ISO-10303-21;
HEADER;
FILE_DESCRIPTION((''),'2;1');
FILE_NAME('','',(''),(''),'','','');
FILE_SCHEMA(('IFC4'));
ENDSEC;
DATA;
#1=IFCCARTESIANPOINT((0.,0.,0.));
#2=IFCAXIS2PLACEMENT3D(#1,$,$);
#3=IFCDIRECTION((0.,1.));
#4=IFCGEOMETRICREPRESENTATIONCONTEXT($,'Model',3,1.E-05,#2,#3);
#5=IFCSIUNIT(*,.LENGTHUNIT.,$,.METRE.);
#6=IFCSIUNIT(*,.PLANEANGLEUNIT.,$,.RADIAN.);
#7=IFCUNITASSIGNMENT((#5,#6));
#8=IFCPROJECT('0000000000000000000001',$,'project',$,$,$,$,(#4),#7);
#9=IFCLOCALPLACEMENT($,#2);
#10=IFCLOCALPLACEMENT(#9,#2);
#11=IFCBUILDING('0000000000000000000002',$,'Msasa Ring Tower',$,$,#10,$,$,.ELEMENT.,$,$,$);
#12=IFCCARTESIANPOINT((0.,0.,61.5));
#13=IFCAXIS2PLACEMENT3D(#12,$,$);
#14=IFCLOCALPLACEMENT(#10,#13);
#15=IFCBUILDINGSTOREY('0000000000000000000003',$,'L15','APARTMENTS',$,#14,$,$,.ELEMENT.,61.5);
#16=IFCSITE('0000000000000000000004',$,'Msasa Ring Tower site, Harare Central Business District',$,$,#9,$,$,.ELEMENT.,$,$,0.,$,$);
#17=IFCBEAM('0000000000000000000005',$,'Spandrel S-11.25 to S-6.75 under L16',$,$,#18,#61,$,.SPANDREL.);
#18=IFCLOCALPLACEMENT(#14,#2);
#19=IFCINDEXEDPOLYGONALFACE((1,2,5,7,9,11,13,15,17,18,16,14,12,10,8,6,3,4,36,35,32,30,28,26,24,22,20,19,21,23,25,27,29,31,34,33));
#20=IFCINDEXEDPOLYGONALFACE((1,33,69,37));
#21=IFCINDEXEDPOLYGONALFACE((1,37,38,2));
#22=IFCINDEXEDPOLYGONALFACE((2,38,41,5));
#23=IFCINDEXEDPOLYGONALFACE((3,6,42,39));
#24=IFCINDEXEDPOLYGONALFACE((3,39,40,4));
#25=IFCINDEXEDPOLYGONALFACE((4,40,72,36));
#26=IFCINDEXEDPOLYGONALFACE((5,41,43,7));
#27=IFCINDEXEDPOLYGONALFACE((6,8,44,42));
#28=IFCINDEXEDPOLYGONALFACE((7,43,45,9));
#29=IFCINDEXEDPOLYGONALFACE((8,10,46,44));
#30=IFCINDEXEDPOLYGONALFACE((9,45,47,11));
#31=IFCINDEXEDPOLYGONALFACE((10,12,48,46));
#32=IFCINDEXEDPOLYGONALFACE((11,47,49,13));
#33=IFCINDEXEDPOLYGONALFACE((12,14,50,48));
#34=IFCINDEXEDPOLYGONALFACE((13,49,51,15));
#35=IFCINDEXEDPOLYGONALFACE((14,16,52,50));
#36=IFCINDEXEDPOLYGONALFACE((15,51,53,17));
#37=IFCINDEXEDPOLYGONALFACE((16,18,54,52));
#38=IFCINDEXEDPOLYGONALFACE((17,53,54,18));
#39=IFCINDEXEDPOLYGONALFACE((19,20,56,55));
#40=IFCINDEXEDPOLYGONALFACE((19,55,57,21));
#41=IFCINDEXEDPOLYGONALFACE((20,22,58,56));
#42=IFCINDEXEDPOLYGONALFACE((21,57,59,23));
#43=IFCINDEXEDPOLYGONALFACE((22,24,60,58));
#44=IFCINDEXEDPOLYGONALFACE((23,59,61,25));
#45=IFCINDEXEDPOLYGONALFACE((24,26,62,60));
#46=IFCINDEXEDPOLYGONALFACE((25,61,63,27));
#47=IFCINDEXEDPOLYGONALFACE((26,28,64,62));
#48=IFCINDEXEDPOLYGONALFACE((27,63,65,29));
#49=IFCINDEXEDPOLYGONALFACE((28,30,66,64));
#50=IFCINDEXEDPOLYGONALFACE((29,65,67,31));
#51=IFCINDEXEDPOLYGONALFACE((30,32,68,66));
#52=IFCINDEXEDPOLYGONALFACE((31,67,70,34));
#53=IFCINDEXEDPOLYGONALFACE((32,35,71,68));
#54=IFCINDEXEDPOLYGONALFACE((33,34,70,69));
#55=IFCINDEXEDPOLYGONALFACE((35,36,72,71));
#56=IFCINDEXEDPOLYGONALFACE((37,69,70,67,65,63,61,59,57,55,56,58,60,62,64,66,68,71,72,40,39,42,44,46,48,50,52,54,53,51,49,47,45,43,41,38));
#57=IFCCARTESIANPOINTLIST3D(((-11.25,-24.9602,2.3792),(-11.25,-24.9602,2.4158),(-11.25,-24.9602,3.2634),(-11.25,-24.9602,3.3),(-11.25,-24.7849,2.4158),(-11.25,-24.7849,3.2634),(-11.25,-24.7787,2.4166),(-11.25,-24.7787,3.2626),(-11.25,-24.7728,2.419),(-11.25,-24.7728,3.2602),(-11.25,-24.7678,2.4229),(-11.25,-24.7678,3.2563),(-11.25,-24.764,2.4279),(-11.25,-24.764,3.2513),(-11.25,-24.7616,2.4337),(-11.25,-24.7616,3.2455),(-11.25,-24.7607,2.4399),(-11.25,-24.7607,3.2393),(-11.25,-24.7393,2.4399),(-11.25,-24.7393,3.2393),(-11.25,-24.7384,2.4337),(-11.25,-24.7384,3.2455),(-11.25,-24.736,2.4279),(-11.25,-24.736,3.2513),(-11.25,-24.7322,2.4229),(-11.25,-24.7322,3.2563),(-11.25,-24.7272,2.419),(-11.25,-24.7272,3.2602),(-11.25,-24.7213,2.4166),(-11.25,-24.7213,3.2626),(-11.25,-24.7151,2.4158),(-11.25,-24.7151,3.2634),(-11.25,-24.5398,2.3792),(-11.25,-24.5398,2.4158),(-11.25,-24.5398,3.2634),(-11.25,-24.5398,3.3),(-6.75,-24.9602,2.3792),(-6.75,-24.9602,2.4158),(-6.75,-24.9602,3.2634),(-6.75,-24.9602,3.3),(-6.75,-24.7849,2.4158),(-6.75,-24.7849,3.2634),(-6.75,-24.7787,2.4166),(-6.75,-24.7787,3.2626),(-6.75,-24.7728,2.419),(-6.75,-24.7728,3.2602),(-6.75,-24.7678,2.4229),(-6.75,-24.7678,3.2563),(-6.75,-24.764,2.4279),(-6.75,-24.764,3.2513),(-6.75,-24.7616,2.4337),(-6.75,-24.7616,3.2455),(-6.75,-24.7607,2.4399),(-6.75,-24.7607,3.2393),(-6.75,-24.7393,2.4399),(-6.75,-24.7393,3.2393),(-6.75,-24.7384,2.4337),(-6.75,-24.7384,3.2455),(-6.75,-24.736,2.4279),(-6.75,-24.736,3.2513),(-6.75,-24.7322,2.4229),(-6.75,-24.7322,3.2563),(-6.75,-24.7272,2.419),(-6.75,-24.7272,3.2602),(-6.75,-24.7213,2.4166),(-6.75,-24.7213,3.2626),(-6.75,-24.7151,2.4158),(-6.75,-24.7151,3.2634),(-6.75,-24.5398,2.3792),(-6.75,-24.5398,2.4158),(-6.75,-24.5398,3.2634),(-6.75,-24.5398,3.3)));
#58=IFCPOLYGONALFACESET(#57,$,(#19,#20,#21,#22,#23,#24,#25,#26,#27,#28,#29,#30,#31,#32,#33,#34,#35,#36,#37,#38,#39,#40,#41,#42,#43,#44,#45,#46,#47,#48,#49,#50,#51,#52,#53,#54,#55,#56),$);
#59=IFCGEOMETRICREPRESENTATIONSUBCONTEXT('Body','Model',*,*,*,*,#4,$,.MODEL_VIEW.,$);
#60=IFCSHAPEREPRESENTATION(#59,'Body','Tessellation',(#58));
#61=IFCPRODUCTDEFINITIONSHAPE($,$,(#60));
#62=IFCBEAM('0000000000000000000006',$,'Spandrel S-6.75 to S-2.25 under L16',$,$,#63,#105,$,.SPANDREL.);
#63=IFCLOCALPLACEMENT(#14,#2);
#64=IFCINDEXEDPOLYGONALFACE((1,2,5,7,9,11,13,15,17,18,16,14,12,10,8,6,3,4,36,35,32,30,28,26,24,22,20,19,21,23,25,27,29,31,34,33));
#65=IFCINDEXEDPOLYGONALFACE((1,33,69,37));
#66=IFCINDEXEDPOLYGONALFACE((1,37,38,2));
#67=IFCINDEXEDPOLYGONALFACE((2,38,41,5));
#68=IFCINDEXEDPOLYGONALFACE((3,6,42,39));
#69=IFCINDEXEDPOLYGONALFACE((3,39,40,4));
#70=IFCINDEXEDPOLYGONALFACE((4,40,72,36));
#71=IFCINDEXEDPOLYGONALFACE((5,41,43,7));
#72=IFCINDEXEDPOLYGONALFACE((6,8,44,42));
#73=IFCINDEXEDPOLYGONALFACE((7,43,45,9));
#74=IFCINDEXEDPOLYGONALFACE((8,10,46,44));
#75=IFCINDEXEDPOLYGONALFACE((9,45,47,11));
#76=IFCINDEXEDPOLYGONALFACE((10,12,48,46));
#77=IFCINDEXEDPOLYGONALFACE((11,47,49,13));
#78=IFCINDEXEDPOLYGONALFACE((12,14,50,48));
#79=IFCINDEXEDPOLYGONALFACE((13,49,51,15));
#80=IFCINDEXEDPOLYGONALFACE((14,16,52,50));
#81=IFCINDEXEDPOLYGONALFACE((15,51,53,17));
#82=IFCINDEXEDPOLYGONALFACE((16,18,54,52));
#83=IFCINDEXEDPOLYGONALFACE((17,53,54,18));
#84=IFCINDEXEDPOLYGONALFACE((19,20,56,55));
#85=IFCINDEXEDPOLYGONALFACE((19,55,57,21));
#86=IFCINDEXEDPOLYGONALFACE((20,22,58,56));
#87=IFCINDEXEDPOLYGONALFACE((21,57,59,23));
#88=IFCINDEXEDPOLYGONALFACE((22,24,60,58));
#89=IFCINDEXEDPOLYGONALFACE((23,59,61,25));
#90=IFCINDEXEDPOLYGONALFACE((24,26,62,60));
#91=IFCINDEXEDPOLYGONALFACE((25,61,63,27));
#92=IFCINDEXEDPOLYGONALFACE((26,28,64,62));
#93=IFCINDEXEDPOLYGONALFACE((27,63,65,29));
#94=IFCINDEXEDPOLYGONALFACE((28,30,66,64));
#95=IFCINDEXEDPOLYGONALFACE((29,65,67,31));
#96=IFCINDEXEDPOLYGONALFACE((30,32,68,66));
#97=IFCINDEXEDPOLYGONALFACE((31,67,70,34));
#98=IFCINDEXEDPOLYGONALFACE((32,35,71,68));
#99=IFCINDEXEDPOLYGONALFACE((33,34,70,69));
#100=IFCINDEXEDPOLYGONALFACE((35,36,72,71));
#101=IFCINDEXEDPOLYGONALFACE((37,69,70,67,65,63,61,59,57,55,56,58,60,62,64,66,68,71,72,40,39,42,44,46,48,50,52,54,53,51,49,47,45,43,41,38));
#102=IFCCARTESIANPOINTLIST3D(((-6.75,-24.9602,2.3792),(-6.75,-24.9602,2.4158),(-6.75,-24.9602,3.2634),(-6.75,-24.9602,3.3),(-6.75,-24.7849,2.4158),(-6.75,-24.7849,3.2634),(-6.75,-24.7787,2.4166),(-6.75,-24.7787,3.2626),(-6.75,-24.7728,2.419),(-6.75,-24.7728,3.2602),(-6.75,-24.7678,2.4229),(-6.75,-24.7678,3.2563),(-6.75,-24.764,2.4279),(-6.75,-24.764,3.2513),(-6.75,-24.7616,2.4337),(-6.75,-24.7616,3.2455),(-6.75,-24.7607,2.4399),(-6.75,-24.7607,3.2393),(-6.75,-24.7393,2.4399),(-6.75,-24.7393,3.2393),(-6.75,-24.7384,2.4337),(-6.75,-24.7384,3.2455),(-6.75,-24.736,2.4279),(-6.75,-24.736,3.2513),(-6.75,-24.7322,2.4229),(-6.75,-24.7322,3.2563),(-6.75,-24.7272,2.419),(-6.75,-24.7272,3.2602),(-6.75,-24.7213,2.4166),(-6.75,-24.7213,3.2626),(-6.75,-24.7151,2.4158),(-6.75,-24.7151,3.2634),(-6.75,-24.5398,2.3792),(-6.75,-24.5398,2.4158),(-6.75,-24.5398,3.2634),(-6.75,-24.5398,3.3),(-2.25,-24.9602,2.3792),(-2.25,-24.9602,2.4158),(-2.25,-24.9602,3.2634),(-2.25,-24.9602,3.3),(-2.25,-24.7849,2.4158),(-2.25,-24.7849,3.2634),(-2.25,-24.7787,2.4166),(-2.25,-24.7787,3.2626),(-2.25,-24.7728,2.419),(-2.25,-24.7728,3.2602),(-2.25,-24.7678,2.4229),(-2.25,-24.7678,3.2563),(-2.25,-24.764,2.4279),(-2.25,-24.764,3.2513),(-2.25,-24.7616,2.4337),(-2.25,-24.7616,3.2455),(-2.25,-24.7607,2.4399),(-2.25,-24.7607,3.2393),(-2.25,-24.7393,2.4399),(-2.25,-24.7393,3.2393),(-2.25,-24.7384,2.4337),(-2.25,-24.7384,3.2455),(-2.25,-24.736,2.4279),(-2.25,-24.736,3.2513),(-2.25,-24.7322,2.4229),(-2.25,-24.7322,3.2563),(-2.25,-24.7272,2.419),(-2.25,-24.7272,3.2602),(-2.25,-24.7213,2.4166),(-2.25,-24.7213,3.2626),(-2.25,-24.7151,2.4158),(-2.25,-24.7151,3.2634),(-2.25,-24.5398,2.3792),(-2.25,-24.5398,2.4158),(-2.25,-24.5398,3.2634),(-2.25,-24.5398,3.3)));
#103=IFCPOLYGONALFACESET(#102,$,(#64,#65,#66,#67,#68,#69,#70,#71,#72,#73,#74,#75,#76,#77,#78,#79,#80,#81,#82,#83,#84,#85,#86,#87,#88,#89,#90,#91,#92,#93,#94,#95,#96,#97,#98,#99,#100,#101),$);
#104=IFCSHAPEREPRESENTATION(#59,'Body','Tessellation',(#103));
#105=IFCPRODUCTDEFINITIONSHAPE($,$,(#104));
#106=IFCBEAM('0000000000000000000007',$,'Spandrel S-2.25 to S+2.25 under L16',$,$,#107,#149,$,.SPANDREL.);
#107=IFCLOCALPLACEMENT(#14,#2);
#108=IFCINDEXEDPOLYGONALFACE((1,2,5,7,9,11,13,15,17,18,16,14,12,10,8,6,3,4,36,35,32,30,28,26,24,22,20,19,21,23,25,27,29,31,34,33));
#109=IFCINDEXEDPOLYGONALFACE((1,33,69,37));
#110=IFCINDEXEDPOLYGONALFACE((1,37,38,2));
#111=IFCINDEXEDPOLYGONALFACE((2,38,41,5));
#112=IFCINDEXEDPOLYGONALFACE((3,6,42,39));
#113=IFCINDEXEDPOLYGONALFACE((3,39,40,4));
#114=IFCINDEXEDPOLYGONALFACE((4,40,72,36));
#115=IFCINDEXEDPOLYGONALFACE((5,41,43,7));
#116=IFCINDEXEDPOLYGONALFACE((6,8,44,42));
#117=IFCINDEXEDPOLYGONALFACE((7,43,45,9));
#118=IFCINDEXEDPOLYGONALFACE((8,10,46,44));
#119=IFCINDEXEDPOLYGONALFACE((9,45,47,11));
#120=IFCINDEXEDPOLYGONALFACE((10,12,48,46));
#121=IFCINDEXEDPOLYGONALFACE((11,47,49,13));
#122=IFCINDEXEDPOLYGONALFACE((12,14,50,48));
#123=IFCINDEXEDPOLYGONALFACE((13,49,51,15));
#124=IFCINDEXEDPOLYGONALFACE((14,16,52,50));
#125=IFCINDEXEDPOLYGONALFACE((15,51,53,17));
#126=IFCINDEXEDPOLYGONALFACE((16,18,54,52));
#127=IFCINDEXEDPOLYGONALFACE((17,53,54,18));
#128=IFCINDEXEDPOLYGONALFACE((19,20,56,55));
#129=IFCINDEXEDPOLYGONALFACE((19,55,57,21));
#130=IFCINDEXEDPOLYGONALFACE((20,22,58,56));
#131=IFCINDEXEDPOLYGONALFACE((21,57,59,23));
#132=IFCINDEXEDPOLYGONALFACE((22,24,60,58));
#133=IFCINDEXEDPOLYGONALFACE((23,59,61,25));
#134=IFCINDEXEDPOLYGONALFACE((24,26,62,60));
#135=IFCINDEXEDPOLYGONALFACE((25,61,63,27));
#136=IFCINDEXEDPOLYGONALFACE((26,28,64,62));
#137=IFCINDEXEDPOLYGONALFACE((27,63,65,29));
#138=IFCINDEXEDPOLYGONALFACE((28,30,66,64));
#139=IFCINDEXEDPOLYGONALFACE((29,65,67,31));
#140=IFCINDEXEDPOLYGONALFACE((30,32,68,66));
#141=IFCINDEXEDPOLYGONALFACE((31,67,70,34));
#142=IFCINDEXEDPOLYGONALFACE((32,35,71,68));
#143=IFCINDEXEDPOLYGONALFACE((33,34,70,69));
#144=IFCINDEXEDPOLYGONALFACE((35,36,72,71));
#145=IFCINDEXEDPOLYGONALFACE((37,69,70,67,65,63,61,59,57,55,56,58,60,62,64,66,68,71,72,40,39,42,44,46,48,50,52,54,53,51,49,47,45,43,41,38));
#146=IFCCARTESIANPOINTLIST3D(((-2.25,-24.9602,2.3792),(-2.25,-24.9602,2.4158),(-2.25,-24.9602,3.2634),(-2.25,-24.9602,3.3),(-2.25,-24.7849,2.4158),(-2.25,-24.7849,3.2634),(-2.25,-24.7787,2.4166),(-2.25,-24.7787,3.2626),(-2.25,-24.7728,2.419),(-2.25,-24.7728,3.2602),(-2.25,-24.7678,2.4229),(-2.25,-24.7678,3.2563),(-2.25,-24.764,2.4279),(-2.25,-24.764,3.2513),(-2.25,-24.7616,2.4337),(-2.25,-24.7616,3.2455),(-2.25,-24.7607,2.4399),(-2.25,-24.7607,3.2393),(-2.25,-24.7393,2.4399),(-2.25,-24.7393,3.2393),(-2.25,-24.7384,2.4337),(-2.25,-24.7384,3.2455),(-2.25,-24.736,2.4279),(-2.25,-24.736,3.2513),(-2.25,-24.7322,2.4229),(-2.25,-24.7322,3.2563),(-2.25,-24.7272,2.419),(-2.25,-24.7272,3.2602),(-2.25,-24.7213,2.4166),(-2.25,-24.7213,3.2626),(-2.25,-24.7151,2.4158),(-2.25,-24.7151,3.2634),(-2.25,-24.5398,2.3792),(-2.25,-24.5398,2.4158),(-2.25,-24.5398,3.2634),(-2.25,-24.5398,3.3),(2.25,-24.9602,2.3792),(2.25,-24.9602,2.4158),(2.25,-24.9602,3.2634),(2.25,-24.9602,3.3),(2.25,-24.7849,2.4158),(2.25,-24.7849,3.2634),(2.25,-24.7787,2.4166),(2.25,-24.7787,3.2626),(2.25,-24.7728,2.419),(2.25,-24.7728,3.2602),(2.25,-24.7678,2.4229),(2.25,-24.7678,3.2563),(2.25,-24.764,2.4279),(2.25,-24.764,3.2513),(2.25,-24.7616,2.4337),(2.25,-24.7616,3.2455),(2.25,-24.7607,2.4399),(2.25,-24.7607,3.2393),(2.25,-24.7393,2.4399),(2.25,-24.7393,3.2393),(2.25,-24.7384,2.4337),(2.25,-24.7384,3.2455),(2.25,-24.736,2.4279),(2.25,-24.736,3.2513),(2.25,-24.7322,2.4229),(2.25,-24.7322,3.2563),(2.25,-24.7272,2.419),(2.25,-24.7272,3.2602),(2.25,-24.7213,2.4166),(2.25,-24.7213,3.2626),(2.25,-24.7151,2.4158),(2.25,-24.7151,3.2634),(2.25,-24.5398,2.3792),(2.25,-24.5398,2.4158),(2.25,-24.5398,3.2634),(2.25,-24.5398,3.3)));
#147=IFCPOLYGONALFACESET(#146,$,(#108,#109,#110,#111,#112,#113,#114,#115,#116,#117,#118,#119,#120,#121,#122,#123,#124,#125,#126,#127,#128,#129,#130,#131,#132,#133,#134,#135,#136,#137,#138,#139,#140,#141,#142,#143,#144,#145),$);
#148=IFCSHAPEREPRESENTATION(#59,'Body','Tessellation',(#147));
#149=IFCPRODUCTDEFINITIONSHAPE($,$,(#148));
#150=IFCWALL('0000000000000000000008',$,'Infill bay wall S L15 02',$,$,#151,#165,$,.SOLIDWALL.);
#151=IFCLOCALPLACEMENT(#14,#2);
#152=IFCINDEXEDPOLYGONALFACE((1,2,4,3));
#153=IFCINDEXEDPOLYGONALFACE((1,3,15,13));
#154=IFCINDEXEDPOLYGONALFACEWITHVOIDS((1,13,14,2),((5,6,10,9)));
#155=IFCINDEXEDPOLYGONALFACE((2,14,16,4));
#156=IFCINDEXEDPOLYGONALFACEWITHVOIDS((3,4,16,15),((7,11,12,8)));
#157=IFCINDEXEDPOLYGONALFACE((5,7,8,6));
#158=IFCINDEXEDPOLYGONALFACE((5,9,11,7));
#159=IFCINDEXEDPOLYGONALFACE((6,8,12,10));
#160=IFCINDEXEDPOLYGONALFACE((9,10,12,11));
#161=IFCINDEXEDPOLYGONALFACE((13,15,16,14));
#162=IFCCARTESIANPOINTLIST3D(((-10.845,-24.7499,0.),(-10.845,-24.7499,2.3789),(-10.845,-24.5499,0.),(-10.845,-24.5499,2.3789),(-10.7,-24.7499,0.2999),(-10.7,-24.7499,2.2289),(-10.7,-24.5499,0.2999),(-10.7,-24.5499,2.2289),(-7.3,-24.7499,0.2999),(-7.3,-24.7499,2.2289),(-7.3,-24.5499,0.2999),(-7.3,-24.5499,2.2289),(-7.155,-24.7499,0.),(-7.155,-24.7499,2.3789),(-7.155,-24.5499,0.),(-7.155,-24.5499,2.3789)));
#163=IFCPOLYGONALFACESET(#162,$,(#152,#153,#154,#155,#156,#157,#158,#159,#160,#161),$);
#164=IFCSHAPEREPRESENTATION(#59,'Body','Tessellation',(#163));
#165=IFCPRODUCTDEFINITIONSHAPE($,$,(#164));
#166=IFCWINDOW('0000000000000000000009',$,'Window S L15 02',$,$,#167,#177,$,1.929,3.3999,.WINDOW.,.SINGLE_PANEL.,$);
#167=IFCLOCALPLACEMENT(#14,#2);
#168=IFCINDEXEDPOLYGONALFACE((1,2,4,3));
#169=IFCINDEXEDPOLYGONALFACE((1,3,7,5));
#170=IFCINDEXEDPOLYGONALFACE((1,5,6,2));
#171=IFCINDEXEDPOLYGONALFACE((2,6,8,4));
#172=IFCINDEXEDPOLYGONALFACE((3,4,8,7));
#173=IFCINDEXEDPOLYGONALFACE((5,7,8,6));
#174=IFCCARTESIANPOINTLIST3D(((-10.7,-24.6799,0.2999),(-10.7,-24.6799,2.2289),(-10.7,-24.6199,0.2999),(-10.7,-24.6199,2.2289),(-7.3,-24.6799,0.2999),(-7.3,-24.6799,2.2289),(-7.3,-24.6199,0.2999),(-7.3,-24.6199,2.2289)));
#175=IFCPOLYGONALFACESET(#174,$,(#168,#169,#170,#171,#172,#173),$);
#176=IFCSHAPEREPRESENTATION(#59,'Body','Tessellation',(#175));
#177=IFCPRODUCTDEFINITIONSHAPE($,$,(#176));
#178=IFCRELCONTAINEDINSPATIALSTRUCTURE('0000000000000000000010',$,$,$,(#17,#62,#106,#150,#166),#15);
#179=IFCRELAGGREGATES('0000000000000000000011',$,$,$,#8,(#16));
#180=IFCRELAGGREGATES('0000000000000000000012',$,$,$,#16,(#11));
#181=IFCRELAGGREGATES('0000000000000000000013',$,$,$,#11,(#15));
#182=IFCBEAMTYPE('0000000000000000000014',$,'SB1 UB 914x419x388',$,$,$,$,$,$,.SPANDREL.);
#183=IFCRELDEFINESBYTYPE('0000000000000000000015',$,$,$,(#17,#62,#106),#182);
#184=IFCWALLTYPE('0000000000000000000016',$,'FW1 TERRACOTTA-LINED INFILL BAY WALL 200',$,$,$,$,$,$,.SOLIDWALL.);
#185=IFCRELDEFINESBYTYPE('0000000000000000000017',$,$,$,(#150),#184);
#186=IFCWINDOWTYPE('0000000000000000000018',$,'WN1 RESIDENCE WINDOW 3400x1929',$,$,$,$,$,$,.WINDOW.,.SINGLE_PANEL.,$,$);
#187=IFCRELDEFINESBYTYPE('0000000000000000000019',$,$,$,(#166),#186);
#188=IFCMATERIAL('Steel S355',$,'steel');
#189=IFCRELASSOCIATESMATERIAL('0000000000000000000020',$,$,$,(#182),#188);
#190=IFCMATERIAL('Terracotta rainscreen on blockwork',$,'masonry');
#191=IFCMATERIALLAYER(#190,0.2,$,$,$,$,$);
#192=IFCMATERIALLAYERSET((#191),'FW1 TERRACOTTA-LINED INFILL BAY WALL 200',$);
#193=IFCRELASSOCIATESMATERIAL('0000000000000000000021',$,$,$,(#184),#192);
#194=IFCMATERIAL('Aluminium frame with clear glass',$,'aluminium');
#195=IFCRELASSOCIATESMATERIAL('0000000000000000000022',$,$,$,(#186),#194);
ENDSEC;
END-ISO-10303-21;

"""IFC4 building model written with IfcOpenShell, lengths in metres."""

from ifc_helpers import new_model, si_unit, direction, frame, frame_2d, origin, origin_2d, place, context, subcontext, project, spatial, rectangle, i_section, extrude, material, layer, layer_set, material_profile, profile_set, type_object, element, fill, save


model = new_model("IFC4")

# Units and contexts
model_context = context("Model", 3, precision=1e-05, world=origin(), true_north=direction((0.0, 1.0)))
body_context = subcontext(model_context, "Body", "Model", "MODEL_VIEW")
ifc_project = project(units=[si_unit("LENGTHUNIT", "METRE"), si_unit("PLANEANGLEUNIT", "RADIAN")], contexts=[model_context])

# Site, building, storey
site_placement = place(None, origin())
site = spatial("IfcSite", under=ifc_project, at=site_placement, Name="Msasa Ring Tower site, Harare Central Business District", CompositionType="ELEMENT", RefElevation=0.0)
building_placement = place(site_placement, origin())
building = spatial("IfcBuilding", under=site, at=building_placement, Name="Msasa Ring Tower", CompositionType="ELEMENT")
storey_placement = place(building_placement, frame((0.0, 0.0, 61.5)))
storey = spatial("IfcBuildingStorey", under=building, at=storey_placement, Name="L15", Description="APARTMENTS", CompositionType="ELEMENT", Elevation=61.5)

# Beams
ifc_material_1 = material(Name="Steel S355", Category="steel")
ifc_material_profile_1 = material_profile(ifc_material_1, i_section(OverallWidth=0.4204, OverallDepth=0.9209, WebThickness=0.0215, FlangeThickness=0.0366, FilletRadius=0.0242, at=origin_2d()), Name="UB 914x419x388")
ifc_profile_set_1 = profile_set([ifc_material_profile_1], Name="Steel S355")
beam_type_1 = type_object("IfcBeamType", Name="SB1 UB 914x419x388", PredefinedType="SPANDREL", material=ifc_profile_set_1)
for number, where, z_axis, x_axis, name in (
    (1, (-11.25, -24.75, 2.8396), (1.0, 0.0, 0.0), (0.0, 1.0, 0.0), "Spandrel S-11.25 to S-6.75 under L16"),
    (2, (-6.75, -24.75, 2.8396), (1.0, 0.0, 0.0), (0.0, 1.0, 0.0), "Spandrel S-6.75 to S-2.25 under L16"),
    (3, (-2.25, -24.75, 2.8396), (1.0, 0.0, 0.0), (0.0, 1.0, 0.0), "Spandrel S-2.25 to S+2.25 under L16"),
):
    element("IfcBeam", number, at=place(storey_placement, frame(where, z_axis=z_axis, x_axis=x_axis)), inside=storey, type_object=beam_type_1, Name=name, PredefinedType="SPANDREL", context=body_context, shape_type="SweptSolid", body=[
        extrude(i_section(OverallWidth=0.4204, OverallDepth=0.9209, WebThickness=0.0215, FlangeThickness=0.0366, FilletRadius=0.0242, at=origin_2d()), origin(), (0.0, 0.0, 1.0), 4.5),
    ])

# Wall, opening, window
ifc_material_2 = material(Name="Terracotta rainscreen on blockwork", Category="masonry")
ifc_layer_1 = layer(ifc_material_2, 0.2)
ifc_layer_set_1 = layer_set([ifc_layer_1], Name="FW1 TERRACOTTA-LINED INFILL BAY WALL 200")
wall_type_1 = type_object("IfcWallType", Name="FW1 TERRACOTTA-LINED INFILL BAY WALL 200", PredefinedType="SOLIDWALL", material=ifc_layer_set_1)
wall_1_placement = place(storey_placement, frame((-10.845, -24.6499, 0.0), z_axis=(0.0, 0.0, 1.0), x_axis=(1.0, 0.0, 0.0)))
wall_1 = element("IfcWall", 4, at=wall_1_placement, inside=storey, type_object=wall_type_1, Name="Infill bay wall S L15 02", PredefinedType="SOLIDWALL", context=body_context, shape_type="SweptSolid", body=[
    extrude(rectangle(XDim=3.6899, YDim=0.2, at=frame_2d((1.845, 0.0))), origin(), (0.0, 0.0, 1.0), 2.3789),
])
opening_1_placement = place(wall_1_placement, frame((0.145, 0.0, 0.3)))
opening_1 = element("IfcOpeningElement", 5, at=opening_1_placement, cuts=wall_1, PredefinedType="OPENING", context=body_context, shape_type="SweptSolid", body=[
    extrude(rectangle(XDim=3.3999, YDim=1.929, at=frame_2d((1.7, 0.9644))), frame((0.0, 0.1099, 0.0), z_axis=(0.0, -1.0, 0.0), x_axis=(1.0, 0.0, 0.0)), (0.0, 0.0, 1.0), 0.22),
])
ifc_material_3 = material(Name="Aluminium frame with clear glass", Category="aluminium")
window_type = type_object("IfcWindowType", Name="WN1 RESIDENCE WINDOW 3400x1929", PartitioningType="SINGLE_PANEL", PredefinedType="WINDOW", material=ifc_material_3)
window_1_placement = place(opening_1_placement, origin())
window_1 = element("IfcWindow", 6, at=window_1_placement, inside=storey, type_object=window_type, Name="Window S L15 02", OverallHeight=1.929, OverallWidth=3.3999, PartitioningType="SINGLE_PANEL", PredefinedType="WINDOW", context=body_context, shape_type="SweptSolid", body=[
    extrude(rectangle(XDim=3.3999, YDim=1.929, at=frame_2d((1.7, 0.9644))), frame((0.0, 0.03, 0.0), z_axis=(0.0, -1.0, 0.0), x_axis=(1.0, 0.0, 0.0)), (0.0, 0.0, 1.0), 0.0601),
])
fill(opening_1, window_1)

save(model, "model.ifc")
